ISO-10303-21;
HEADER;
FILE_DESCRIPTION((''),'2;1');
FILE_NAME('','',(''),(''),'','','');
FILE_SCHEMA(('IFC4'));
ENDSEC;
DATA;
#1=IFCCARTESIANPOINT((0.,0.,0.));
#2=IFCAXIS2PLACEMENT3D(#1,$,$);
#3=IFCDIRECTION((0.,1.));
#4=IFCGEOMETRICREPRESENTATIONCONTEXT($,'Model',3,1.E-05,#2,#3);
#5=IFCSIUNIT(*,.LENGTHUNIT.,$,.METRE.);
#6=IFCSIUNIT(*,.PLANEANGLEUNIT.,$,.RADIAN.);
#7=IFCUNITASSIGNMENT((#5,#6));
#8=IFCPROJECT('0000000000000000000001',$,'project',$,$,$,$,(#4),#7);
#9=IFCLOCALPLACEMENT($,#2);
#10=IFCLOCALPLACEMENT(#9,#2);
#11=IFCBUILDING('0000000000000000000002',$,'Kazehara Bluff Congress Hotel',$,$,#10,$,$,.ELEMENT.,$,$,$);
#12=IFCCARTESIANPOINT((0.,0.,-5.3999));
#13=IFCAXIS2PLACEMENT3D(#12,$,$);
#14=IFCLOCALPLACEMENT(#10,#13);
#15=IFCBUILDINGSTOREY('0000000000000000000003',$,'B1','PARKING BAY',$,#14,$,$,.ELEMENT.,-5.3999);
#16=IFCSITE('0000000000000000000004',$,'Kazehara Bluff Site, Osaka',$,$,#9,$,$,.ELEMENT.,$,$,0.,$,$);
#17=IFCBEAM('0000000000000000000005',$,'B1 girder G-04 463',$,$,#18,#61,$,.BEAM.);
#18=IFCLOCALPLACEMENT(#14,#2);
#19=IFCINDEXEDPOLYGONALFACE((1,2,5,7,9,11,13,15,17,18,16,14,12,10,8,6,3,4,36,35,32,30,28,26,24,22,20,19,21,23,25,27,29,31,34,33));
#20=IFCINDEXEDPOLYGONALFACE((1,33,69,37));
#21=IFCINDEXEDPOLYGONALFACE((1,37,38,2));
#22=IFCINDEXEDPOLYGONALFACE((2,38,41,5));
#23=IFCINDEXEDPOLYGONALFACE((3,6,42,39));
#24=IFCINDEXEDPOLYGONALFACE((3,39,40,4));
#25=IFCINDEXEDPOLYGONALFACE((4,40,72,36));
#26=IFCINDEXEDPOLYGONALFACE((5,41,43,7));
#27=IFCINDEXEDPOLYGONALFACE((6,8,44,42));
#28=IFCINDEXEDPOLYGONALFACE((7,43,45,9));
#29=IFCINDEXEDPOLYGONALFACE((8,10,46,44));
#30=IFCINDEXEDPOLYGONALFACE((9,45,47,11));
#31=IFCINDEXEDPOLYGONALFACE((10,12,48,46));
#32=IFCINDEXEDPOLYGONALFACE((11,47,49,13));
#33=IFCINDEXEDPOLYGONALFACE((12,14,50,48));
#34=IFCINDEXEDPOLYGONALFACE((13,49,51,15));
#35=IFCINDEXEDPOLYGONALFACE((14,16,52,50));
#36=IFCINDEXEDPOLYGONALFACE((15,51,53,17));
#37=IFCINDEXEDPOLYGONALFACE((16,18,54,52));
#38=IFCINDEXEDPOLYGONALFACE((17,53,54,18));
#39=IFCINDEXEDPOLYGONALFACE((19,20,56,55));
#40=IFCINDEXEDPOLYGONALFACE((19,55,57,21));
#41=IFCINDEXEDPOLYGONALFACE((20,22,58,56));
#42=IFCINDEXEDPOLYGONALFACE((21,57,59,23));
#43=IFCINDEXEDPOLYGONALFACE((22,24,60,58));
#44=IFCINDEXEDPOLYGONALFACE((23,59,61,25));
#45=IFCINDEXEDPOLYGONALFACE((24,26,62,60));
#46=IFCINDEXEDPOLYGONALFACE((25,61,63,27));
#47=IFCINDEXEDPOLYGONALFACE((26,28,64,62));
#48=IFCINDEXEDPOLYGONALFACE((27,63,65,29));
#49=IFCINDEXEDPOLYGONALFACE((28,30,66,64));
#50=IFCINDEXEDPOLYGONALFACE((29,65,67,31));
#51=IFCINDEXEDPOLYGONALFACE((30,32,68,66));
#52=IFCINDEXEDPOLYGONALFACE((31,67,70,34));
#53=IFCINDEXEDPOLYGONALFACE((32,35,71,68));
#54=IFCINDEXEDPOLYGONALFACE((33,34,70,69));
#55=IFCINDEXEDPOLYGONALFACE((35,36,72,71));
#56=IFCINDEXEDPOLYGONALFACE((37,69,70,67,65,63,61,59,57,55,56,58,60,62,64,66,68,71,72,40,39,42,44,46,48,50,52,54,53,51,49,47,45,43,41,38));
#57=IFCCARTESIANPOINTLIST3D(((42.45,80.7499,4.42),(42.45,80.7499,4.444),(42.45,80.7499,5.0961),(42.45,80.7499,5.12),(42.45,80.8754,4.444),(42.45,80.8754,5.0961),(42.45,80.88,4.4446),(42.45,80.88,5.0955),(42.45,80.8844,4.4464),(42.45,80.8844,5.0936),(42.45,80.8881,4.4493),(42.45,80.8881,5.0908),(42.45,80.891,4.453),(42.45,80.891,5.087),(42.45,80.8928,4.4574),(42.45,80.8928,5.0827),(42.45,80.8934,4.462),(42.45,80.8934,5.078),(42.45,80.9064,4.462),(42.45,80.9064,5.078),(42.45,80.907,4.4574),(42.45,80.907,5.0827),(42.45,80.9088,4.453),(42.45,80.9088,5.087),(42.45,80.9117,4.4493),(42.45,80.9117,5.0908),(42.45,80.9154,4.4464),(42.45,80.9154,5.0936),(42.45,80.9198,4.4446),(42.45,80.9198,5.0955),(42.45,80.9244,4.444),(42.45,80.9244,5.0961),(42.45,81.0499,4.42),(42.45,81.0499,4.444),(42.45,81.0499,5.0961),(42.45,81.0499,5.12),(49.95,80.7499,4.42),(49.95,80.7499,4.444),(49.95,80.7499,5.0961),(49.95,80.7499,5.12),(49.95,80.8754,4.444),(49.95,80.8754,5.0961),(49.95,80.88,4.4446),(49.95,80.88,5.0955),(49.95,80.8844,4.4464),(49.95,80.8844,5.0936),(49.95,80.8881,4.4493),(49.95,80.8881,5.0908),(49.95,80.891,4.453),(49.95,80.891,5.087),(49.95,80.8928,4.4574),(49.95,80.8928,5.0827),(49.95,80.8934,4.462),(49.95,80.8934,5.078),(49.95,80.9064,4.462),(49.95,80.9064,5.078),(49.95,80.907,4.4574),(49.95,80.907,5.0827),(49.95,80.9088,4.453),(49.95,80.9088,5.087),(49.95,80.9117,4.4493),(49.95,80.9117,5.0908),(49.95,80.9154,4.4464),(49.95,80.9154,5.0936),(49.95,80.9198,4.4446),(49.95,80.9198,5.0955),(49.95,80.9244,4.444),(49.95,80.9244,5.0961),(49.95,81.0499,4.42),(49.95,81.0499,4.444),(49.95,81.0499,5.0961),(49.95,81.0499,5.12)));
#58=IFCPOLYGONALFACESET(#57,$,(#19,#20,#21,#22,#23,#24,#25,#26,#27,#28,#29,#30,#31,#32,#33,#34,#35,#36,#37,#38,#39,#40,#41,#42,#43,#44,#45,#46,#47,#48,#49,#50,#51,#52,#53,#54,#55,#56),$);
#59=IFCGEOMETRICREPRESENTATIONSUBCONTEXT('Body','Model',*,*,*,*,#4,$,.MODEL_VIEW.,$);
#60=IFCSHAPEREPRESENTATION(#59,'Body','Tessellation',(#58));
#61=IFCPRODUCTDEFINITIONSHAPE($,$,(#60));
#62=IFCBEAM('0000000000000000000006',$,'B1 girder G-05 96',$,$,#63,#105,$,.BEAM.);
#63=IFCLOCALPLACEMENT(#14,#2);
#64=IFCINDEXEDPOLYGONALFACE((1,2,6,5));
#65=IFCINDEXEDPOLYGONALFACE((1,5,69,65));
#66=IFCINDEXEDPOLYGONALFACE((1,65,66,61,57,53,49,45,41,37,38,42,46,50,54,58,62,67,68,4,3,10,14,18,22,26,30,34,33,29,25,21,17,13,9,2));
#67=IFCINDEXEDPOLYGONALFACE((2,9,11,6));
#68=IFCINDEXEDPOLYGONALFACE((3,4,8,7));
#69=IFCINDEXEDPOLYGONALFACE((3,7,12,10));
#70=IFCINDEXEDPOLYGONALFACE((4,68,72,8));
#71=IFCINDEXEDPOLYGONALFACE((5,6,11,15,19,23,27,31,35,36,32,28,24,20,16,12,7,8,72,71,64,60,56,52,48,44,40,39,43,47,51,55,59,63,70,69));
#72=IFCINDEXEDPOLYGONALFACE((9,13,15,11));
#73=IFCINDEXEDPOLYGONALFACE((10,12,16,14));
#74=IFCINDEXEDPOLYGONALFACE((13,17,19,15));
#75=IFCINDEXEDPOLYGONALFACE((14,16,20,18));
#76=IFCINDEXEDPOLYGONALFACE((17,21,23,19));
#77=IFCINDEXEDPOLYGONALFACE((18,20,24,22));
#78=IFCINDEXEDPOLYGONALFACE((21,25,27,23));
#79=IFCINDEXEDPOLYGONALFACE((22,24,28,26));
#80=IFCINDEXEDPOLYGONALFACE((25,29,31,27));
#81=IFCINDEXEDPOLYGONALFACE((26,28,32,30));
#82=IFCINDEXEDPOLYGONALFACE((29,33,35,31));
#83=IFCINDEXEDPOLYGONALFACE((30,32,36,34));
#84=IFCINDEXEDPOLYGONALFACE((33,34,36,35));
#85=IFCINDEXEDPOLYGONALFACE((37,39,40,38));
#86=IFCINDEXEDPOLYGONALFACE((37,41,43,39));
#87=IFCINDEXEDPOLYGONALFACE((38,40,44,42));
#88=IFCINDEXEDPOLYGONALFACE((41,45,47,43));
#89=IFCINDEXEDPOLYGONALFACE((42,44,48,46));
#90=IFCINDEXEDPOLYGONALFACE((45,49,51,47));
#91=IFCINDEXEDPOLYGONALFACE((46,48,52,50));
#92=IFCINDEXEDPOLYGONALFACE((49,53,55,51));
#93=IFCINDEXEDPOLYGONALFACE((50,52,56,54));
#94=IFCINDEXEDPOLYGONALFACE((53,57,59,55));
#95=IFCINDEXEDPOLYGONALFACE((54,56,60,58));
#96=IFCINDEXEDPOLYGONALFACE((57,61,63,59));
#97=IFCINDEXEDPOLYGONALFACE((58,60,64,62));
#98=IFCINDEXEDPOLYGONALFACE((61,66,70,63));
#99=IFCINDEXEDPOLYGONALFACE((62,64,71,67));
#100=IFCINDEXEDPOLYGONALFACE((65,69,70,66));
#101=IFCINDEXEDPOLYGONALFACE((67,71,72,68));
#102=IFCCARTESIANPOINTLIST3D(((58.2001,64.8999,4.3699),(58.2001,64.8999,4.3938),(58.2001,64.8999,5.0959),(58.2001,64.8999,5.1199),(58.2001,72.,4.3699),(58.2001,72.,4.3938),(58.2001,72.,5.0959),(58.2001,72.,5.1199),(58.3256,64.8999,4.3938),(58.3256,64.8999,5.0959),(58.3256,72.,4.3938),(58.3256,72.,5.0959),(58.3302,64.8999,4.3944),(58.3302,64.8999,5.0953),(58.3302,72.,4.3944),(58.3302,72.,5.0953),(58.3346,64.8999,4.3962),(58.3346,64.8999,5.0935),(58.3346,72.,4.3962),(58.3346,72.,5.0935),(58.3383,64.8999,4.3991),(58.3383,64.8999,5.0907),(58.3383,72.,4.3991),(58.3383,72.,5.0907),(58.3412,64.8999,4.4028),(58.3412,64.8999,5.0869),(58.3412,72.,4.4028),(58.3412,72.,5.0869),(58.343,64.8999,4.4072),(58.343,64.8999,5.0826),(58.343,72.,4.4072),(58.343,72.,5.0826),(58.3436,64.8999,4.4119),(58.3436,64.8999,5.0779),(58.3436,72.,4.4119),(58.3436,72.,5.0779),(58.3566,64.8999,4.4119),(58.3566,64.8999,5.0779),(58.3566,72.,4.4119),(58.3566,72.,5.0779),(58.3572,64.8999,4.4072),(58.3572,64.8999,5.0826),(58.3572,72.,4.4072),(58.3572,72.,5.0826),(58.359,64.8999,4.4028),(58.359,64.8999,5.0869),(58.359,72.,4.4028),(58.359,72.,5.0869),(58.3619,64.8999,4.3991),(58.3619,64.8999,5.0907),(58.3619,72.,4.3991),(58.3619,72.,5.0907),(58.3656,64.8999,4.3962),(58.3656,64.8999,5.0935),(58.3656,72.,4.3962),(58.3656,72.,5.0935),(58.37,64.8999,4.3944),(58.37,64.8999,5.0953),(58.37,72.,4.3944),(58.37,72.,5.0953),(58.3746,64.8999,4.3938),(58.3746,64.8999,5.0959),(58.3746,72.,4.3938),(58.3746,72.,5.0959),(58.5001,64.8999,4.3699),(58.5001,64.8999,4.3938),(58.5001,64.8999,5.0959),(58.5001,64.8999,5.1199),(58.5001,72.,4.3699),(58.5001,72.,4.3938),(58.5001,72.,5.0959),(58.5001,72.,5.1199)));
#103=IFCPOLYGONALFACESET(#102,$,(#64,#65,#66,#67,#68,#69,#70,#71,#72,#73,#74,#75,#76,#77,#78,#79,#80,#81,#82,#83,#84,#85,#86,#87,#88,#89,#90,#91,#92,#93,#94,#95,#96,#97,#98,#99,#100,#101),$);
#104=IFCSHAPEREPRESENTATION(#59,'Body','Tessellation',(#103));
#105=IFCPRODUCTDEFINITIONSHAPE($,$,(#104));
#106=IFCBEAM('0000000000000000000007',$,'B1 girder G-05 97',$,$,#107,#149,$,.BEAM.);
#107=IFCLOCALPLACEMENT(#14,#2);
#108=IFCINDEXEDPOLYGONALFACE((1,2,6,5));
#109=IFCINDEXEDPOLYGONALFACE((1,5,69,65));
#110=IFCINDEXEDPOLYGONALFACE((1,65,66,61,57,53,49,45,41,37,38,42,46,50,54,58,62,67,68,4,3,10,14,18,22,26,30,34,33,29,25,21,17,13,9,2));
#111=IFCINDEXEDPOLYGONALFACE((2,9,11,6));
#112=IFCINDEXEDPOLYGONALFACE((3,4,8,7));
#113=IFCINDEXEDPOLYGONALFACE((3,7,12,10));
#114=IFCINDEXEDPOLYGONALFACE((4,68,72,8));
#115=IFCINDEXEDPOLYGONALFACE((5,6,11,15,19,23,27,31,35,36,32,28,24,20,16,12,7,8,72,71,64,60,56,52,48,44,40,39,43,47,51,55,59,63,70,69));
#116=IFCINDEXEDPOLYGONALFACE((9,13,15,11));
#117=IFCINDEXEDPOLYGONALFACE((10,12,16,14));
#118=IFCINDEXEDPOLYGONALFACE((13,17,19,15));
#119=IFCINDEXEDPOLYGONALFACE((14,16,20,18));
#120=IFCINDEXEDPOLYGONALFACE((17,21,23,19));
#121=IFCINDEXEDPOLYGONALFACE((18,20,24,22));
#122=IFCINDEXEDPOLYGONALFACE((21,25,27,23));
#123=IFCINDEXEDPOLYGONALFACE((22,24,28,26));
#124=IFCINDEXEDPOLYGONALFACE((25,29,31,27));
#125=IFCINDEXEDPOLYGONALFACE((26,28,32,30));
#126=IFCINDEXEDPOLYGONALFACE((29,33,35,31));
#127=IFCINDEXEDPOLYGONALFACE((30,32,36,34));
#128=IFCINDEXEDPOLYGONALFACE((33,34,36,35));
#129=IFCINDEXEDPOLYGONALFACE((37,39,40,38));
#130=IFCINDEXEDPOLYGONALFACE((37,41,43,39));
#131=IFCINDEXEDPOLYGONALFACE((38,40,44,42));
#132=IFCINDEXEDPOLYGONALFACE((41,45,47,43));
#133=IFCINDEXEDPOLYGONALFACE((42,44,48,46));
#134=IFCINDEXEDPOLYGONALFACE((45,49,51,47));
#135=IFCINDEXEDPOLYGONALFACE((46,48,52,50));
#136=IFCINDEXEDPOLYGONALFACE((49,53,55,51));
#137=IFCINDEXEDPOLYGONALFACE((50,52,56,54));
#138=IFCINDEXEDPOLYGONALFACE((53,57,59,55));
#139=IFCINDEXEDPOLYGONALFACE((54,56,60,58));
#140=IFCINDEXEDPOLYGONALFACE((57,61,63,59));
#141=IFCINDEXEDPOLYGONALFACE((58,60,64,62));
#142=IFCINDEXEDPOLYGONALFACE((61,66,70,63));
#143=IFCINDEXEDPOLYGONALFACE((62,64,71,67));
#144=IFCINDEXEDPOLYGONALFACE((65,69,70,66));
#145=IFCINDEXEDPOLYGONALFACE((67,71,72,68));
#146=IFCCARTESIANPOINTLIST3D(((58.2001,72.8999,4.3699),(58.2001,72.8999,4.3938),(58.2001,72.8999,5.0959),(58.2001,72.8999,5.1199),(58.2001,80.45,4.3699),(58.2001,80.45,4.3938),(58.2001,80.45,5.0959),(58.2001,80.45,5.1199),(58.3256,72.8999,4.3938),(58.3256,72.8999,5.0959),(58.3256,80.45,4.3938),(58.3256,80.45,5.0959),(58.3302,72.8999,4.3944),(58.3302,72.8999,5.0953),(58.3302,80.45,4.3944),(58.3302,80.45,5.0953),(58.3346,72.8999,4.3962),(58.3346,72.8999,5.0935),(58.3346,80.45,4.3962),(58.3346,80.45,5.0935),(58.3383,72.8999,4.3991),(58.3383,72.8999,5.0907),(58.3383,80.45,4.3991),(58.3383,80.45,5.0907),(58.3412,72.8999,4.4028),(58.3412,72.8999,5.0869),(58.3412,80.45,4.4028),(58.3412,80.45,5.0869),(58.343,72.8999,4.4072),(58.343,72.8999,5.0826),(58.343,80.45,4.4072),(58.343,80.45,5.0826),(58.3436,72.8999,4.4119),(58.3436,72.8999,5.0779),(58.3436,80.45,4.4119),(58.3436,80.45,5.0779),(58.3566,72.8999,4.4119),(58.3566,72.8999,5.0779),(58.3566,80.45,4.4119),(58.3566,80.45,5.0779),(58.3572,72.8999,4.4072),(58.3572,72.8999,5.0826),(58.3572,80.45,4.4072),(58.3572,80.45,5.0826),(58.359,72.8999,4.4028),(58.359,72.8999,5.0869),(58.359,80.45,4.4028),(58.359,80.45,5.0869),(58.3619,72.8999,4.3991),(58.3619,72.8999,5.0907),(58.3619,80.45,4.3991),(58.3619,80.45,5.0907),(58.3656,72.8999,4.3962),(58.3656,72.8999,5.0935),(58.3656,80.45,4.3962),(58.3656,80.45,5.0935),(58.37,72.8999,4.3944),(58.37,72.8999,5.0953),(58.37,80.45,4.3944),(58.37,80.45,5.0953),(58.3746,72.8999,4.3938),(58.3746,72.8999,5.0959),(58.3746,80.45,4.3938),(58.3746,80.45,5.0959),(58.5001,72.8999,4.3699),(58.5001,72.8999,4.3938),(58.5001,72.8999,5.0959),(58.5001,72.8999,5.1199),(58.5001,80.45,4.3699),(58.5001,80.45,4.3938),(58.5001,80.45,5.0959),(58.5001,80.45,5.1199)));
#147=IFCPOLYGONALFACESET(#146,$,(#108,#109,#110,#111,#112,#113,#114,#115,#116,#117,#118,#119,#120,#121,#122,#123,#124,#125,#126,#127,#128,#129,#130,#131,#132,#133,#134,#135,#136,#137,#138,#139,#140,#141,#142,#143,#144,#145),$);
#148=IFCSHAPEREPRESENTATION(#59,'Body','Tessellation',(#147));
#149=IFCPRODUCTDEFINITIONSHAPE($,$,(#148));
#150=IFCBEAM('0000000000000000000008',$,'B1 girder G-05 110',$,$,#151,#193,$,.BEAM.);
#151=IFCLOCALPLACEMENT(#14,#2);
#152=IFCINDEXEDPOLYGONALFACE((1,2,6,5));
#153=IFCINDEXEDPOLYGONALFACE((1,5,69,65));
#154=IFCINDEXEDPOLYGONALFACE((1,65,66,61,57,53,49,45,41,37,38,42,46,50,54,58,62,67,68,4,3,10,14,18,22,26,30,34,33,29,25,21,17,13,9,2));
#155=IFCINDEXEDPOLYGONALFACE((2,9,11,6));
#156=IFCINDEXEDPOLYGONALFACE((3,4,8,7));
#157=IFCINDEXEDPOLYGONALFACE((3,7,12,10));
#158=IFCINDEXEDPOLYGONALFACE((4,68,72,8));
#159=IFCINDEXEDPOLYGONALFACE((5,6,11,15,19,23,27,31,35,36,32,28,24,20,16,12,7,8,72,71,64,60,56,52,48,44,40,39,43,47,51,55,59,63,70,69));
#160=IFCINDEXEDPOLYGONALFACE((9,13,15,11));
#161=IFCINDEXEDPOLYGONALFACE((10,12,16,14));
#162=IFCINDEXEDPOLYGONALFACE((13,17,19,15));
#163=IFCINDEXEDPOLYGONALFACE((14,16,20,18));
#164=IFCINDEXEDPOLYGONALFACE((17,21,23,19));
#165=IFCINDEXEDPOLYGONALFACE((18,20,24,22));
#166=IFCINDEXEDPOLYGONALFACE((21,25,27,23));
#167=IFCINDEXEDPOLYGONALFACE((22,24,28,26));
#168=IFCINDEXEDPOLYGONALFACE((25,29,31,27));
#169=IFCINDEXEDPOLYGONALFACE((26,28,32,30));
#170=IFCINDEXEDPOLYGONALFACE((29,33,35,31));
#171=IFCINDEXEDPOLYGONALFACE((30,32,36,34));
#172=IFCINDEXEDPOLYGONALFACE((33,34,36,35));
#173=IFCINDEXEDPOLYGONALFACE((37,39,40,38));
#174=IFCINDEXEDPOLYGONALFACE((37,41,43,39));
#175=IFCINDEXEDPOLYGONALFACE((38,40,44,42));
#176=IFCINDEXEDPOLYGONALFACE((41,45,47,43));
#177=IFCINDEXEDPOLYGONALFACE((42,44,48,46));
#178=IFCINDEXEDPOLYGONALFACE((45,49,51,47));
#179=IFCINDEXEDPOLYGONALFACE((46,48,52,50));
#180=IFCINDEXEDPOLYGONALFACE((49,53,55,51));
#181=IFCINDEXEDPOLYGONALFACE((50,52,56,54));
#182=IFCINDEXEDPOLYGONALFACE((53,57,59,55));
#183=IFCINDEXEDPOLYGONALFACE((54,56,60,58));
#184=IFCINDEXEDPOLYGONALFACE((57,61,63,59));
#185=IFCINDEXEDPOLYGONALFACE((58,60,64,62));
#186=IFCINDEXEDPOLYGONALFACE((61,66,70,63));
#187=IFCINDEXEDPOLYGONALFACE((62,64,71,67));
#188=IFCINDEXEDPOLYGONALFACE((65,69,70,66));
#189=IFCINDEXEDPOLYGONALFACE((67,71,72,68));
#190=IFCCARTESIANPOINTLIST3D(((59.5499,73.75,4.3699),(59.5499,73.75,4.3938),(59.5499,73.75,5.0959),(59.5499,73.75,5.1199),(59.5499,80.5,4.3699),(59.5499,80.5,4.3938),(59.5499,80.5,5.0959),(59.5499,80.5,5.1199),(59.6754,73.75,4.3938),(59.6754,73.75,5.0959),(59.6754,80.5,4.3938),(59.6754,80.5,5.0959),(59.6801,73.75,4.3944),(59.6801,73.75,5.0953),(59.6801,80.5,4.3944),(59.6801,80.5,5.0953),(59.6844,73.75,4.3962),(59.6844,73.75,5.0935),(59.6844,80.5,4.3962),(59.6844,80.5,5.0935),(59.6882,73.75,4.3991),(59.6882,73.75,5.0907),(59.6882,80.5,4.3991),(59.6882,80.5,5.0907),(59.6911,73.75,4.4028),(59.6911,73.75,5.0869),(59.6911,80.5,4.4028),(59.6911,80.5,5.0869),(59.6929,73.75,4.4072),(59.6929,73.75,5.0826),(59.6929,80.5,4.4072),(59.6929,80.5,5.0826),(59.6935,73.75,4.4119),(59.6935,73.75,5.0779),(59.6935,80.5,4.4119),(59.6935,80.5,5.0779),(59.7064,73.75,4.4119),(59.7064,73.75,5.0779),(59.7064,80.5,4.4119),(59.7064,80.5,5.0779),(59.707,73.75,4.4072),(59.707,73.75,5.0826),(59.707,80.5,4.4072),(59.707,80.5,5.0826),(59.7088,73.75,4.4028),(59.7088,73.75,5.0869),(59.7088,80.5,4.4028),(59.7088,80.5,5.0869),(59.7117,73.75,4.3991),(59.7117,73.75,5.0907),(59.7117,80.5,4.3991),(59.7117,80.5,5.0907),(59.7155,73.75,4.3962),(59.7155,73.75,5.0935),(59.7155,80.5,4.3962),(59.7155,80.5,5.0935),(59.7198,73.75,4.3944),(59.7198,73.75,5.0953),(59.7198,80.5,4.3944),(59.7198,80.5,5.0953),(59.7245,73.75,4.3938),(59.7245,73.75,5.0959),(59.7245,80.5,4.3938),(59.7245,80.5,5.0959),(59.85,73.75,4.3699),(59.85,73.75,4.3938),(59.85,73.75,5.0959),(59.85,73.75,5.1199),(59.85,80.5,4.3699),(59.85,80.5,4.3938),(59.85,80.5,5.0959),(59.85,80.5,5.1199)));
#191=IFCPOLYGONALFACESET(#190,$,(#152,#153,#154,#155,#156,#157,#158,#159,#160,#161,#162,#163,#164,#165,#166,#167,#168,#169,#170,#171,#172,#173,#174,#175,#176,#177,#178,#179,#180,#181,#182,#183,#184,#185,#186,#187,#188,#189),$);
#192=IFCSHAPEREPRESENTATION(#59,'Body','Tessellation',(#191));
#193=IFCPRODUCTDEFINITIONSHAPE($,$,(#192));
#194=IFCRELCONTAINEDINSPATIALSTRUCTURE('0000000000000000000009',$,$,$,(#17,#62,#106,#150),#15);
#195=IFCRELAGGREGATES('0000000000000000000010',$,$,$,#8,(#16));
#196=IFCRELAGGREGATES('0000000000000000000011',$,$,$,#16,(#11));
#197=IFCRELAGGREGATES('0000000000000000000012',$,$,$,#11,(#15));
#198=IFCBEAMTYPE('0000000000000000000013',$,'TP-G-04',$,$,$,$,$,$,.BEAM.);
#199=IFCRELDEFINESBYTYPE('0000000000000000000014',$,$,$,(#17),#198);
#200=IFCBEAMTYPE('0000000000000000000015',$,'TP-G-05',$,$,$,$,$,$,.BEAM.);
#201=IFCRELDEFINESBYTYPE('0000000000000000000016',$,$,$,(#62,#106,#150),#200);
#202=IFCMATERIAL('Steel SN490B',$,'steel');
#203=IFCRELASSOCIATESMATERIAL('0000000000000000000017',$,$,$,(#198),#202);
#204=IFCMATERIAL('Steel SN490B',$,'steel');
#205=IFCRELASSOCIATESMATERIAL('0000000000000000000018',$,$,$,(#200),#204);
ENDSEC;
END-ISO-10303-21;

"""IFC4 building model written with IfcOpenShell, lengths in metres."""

from ifc_helpers import new_model, si_unit, direction, frame, origin, origin_2d, place, context, subcontext, project, spatial, i_section, extrude, material, material_profile, profile_set, type_object, element, save


model = new_model("IFC4")

# Units and contexts
model_context = context("Model", 3, precision=1e-05, world=origin(), true_north=direction((0.0, 1.0)))
body_context = subcontext(model_context, "Body", "Model", "MODEL_VIEW")
ifc_project = project(units=[si_unit("LENGTHUNIT", "METRE"), si_unit("PLANEANGLEUNIT", "RADIAN")], contexts=[model_context])

# Site, building, storey
site_placement = place(None, origin())
site = spatial("IfcSite", under=ifc_project, at=site_placement, Name="Kazehara Bluff Site, Osaka", CompositionType="ELEMENT", RefElevation=0.0)
building_placement = place(site_placement, origin())
building = spatial("IfcBuilding", under=site, at=building_placement, Name="Kazehara Bluff Congress Hotel", CompositionType="ELEMENT")
storey_placement = place(building_placement, frame((0.0, 0.0, -5.3999)))
storey = spatial("IfcBuildingStorey", under=building, at=storey_placement, Name="B1", Description="PARKING BAY", CompositionType="ELEMENT", Elevation=-5.3999)

# Beams
ifc_material_1 = material(Name="Steel SN490B", Category="steel")
ifc_material_profile_1 = material_profile(ifc_material_1, i_section(OverallWidth=0.3, OverallDepth=0.7, WebThickness=0.0129, FlangeThickness=0.0239, FilletRadius=0.0181, at=origin_2d()))
ifc_profile_set_1 = profile_set([ifc_material_profile_1], Name="Steel SN490B")
beam_type_1 = type_object("IfcBeamType", Name="TP-G-04", PredefinedType="BEAM", material=ifc_profile_set_1)
beam_1_placement = place(storey_placement, frame((42.45, 80.8999, 4.77), z_axis=(1.0, 0.0, 0.0), x_axis=(0.0, 1.0, 0.0)))
element("IfcBeam", 1, at=beam_1_placement, inside=storey, type_object=beam_type_1, Name="B1 girder G-04 463", PredefinedType="BEAM", context=body_context, shape_type="SweptSolid", body=[
    extrude(i_section(OverallWidth=0.3, OverallDepth=0.7, WebThickness=0.0129, FlangeThickness=0.0239, FilletRadius=0.0181, at=origin_2d()), origin(), (0.0, 0.0, 1.0), 7.5),
])
ifc_material_2 = material(Name="Steel SN490B", Category="steel")
ifc_material_profile_2 = material_profile(ifc_material_2, i_section(OverallWidth=0.3, OverallDepth=0.75, WebThickness=0.0129, FlangeThickness=0.0239, FilletRadius=0.0181, at=origin_2d()))
ifc_profile_set_2 = profile_set([ifc_material_profile_2], Name="Steel SN490B")
beam_type_2 = type_object("IfcBeamType", Name="TP-G-05", PredefinedType="BEAM", material=ifc_profile_set_2)
beam_2_placement = place(storey_placement, frame((58.3501, 64.8999, 4.7449), z_axis=(0.0, 1.0, 0.0), x_axis=(-1.0, 0.0, 0.0)))
element("IfcBeam", 2, at=beam_2_placement, inside=storey, type_object=beam_type_2, Name="B1 girder G-05 96", PredefinedType="BEAM", context=body_context, shape_type="SweptSolid", body=[
    extrude(i_section(OverallWidth=0.3, OverallDepth=0.75, WebThickness=0.0129, FlangeThickness=0.0239, FilletRadius=0.0181, at=origin_2d()), origin(), (0.0, 0.0, 1.0), 7.1001),
])
beam_3_placement = place(storey_placement, frame((58.3501, 72.8999, 4.7449), z_axis=(0.0, 1.0, 0.0), x_axis=(-1.0, 0.0, 0.0)))
element("IfcBeam", 3, at=beam_3_placement, inside=storey, type_object=beam_type_2, Name="B1 girder G-05 97", PredefinedType="BEAM", context=body_context, shape_type="SweptSolid", body=[
    extrude(i_section(OverallWidth=0.3, OverallDepth=0.75, WebThickness=0.0129, FlangeThickness=0.0239, FilletRadius=0.0181, at=origin_2d()), origin(), (0.0, 0.0, 1.0), 7.55),
])
beam_4_placement = place(storey_placement, frame((59.7, 73.75, 4.7449), z_axis=(0.0, 1.0, 0.0), x_axis=(-1.0, 0.0, 0.0)))
element("IfcBeam", 4, at=beam_4_placement, inside=storey, type_object=beam_type_2, Name="B1 girder G-05 110", PredefinedType="BEAM", context=body_context, shape_type="SweptSolid", body=[
    extrude(i_section(OverallWidth=0.3, OverallDepth=0.75, WebThickness=0.0129, FlangeThickness=0.0239, FilletRadius=0.0181, at=origin_2d()), origin(), (0.0, 0.0, 1.0), 6.75),
])

save(model, "model.ifc")
